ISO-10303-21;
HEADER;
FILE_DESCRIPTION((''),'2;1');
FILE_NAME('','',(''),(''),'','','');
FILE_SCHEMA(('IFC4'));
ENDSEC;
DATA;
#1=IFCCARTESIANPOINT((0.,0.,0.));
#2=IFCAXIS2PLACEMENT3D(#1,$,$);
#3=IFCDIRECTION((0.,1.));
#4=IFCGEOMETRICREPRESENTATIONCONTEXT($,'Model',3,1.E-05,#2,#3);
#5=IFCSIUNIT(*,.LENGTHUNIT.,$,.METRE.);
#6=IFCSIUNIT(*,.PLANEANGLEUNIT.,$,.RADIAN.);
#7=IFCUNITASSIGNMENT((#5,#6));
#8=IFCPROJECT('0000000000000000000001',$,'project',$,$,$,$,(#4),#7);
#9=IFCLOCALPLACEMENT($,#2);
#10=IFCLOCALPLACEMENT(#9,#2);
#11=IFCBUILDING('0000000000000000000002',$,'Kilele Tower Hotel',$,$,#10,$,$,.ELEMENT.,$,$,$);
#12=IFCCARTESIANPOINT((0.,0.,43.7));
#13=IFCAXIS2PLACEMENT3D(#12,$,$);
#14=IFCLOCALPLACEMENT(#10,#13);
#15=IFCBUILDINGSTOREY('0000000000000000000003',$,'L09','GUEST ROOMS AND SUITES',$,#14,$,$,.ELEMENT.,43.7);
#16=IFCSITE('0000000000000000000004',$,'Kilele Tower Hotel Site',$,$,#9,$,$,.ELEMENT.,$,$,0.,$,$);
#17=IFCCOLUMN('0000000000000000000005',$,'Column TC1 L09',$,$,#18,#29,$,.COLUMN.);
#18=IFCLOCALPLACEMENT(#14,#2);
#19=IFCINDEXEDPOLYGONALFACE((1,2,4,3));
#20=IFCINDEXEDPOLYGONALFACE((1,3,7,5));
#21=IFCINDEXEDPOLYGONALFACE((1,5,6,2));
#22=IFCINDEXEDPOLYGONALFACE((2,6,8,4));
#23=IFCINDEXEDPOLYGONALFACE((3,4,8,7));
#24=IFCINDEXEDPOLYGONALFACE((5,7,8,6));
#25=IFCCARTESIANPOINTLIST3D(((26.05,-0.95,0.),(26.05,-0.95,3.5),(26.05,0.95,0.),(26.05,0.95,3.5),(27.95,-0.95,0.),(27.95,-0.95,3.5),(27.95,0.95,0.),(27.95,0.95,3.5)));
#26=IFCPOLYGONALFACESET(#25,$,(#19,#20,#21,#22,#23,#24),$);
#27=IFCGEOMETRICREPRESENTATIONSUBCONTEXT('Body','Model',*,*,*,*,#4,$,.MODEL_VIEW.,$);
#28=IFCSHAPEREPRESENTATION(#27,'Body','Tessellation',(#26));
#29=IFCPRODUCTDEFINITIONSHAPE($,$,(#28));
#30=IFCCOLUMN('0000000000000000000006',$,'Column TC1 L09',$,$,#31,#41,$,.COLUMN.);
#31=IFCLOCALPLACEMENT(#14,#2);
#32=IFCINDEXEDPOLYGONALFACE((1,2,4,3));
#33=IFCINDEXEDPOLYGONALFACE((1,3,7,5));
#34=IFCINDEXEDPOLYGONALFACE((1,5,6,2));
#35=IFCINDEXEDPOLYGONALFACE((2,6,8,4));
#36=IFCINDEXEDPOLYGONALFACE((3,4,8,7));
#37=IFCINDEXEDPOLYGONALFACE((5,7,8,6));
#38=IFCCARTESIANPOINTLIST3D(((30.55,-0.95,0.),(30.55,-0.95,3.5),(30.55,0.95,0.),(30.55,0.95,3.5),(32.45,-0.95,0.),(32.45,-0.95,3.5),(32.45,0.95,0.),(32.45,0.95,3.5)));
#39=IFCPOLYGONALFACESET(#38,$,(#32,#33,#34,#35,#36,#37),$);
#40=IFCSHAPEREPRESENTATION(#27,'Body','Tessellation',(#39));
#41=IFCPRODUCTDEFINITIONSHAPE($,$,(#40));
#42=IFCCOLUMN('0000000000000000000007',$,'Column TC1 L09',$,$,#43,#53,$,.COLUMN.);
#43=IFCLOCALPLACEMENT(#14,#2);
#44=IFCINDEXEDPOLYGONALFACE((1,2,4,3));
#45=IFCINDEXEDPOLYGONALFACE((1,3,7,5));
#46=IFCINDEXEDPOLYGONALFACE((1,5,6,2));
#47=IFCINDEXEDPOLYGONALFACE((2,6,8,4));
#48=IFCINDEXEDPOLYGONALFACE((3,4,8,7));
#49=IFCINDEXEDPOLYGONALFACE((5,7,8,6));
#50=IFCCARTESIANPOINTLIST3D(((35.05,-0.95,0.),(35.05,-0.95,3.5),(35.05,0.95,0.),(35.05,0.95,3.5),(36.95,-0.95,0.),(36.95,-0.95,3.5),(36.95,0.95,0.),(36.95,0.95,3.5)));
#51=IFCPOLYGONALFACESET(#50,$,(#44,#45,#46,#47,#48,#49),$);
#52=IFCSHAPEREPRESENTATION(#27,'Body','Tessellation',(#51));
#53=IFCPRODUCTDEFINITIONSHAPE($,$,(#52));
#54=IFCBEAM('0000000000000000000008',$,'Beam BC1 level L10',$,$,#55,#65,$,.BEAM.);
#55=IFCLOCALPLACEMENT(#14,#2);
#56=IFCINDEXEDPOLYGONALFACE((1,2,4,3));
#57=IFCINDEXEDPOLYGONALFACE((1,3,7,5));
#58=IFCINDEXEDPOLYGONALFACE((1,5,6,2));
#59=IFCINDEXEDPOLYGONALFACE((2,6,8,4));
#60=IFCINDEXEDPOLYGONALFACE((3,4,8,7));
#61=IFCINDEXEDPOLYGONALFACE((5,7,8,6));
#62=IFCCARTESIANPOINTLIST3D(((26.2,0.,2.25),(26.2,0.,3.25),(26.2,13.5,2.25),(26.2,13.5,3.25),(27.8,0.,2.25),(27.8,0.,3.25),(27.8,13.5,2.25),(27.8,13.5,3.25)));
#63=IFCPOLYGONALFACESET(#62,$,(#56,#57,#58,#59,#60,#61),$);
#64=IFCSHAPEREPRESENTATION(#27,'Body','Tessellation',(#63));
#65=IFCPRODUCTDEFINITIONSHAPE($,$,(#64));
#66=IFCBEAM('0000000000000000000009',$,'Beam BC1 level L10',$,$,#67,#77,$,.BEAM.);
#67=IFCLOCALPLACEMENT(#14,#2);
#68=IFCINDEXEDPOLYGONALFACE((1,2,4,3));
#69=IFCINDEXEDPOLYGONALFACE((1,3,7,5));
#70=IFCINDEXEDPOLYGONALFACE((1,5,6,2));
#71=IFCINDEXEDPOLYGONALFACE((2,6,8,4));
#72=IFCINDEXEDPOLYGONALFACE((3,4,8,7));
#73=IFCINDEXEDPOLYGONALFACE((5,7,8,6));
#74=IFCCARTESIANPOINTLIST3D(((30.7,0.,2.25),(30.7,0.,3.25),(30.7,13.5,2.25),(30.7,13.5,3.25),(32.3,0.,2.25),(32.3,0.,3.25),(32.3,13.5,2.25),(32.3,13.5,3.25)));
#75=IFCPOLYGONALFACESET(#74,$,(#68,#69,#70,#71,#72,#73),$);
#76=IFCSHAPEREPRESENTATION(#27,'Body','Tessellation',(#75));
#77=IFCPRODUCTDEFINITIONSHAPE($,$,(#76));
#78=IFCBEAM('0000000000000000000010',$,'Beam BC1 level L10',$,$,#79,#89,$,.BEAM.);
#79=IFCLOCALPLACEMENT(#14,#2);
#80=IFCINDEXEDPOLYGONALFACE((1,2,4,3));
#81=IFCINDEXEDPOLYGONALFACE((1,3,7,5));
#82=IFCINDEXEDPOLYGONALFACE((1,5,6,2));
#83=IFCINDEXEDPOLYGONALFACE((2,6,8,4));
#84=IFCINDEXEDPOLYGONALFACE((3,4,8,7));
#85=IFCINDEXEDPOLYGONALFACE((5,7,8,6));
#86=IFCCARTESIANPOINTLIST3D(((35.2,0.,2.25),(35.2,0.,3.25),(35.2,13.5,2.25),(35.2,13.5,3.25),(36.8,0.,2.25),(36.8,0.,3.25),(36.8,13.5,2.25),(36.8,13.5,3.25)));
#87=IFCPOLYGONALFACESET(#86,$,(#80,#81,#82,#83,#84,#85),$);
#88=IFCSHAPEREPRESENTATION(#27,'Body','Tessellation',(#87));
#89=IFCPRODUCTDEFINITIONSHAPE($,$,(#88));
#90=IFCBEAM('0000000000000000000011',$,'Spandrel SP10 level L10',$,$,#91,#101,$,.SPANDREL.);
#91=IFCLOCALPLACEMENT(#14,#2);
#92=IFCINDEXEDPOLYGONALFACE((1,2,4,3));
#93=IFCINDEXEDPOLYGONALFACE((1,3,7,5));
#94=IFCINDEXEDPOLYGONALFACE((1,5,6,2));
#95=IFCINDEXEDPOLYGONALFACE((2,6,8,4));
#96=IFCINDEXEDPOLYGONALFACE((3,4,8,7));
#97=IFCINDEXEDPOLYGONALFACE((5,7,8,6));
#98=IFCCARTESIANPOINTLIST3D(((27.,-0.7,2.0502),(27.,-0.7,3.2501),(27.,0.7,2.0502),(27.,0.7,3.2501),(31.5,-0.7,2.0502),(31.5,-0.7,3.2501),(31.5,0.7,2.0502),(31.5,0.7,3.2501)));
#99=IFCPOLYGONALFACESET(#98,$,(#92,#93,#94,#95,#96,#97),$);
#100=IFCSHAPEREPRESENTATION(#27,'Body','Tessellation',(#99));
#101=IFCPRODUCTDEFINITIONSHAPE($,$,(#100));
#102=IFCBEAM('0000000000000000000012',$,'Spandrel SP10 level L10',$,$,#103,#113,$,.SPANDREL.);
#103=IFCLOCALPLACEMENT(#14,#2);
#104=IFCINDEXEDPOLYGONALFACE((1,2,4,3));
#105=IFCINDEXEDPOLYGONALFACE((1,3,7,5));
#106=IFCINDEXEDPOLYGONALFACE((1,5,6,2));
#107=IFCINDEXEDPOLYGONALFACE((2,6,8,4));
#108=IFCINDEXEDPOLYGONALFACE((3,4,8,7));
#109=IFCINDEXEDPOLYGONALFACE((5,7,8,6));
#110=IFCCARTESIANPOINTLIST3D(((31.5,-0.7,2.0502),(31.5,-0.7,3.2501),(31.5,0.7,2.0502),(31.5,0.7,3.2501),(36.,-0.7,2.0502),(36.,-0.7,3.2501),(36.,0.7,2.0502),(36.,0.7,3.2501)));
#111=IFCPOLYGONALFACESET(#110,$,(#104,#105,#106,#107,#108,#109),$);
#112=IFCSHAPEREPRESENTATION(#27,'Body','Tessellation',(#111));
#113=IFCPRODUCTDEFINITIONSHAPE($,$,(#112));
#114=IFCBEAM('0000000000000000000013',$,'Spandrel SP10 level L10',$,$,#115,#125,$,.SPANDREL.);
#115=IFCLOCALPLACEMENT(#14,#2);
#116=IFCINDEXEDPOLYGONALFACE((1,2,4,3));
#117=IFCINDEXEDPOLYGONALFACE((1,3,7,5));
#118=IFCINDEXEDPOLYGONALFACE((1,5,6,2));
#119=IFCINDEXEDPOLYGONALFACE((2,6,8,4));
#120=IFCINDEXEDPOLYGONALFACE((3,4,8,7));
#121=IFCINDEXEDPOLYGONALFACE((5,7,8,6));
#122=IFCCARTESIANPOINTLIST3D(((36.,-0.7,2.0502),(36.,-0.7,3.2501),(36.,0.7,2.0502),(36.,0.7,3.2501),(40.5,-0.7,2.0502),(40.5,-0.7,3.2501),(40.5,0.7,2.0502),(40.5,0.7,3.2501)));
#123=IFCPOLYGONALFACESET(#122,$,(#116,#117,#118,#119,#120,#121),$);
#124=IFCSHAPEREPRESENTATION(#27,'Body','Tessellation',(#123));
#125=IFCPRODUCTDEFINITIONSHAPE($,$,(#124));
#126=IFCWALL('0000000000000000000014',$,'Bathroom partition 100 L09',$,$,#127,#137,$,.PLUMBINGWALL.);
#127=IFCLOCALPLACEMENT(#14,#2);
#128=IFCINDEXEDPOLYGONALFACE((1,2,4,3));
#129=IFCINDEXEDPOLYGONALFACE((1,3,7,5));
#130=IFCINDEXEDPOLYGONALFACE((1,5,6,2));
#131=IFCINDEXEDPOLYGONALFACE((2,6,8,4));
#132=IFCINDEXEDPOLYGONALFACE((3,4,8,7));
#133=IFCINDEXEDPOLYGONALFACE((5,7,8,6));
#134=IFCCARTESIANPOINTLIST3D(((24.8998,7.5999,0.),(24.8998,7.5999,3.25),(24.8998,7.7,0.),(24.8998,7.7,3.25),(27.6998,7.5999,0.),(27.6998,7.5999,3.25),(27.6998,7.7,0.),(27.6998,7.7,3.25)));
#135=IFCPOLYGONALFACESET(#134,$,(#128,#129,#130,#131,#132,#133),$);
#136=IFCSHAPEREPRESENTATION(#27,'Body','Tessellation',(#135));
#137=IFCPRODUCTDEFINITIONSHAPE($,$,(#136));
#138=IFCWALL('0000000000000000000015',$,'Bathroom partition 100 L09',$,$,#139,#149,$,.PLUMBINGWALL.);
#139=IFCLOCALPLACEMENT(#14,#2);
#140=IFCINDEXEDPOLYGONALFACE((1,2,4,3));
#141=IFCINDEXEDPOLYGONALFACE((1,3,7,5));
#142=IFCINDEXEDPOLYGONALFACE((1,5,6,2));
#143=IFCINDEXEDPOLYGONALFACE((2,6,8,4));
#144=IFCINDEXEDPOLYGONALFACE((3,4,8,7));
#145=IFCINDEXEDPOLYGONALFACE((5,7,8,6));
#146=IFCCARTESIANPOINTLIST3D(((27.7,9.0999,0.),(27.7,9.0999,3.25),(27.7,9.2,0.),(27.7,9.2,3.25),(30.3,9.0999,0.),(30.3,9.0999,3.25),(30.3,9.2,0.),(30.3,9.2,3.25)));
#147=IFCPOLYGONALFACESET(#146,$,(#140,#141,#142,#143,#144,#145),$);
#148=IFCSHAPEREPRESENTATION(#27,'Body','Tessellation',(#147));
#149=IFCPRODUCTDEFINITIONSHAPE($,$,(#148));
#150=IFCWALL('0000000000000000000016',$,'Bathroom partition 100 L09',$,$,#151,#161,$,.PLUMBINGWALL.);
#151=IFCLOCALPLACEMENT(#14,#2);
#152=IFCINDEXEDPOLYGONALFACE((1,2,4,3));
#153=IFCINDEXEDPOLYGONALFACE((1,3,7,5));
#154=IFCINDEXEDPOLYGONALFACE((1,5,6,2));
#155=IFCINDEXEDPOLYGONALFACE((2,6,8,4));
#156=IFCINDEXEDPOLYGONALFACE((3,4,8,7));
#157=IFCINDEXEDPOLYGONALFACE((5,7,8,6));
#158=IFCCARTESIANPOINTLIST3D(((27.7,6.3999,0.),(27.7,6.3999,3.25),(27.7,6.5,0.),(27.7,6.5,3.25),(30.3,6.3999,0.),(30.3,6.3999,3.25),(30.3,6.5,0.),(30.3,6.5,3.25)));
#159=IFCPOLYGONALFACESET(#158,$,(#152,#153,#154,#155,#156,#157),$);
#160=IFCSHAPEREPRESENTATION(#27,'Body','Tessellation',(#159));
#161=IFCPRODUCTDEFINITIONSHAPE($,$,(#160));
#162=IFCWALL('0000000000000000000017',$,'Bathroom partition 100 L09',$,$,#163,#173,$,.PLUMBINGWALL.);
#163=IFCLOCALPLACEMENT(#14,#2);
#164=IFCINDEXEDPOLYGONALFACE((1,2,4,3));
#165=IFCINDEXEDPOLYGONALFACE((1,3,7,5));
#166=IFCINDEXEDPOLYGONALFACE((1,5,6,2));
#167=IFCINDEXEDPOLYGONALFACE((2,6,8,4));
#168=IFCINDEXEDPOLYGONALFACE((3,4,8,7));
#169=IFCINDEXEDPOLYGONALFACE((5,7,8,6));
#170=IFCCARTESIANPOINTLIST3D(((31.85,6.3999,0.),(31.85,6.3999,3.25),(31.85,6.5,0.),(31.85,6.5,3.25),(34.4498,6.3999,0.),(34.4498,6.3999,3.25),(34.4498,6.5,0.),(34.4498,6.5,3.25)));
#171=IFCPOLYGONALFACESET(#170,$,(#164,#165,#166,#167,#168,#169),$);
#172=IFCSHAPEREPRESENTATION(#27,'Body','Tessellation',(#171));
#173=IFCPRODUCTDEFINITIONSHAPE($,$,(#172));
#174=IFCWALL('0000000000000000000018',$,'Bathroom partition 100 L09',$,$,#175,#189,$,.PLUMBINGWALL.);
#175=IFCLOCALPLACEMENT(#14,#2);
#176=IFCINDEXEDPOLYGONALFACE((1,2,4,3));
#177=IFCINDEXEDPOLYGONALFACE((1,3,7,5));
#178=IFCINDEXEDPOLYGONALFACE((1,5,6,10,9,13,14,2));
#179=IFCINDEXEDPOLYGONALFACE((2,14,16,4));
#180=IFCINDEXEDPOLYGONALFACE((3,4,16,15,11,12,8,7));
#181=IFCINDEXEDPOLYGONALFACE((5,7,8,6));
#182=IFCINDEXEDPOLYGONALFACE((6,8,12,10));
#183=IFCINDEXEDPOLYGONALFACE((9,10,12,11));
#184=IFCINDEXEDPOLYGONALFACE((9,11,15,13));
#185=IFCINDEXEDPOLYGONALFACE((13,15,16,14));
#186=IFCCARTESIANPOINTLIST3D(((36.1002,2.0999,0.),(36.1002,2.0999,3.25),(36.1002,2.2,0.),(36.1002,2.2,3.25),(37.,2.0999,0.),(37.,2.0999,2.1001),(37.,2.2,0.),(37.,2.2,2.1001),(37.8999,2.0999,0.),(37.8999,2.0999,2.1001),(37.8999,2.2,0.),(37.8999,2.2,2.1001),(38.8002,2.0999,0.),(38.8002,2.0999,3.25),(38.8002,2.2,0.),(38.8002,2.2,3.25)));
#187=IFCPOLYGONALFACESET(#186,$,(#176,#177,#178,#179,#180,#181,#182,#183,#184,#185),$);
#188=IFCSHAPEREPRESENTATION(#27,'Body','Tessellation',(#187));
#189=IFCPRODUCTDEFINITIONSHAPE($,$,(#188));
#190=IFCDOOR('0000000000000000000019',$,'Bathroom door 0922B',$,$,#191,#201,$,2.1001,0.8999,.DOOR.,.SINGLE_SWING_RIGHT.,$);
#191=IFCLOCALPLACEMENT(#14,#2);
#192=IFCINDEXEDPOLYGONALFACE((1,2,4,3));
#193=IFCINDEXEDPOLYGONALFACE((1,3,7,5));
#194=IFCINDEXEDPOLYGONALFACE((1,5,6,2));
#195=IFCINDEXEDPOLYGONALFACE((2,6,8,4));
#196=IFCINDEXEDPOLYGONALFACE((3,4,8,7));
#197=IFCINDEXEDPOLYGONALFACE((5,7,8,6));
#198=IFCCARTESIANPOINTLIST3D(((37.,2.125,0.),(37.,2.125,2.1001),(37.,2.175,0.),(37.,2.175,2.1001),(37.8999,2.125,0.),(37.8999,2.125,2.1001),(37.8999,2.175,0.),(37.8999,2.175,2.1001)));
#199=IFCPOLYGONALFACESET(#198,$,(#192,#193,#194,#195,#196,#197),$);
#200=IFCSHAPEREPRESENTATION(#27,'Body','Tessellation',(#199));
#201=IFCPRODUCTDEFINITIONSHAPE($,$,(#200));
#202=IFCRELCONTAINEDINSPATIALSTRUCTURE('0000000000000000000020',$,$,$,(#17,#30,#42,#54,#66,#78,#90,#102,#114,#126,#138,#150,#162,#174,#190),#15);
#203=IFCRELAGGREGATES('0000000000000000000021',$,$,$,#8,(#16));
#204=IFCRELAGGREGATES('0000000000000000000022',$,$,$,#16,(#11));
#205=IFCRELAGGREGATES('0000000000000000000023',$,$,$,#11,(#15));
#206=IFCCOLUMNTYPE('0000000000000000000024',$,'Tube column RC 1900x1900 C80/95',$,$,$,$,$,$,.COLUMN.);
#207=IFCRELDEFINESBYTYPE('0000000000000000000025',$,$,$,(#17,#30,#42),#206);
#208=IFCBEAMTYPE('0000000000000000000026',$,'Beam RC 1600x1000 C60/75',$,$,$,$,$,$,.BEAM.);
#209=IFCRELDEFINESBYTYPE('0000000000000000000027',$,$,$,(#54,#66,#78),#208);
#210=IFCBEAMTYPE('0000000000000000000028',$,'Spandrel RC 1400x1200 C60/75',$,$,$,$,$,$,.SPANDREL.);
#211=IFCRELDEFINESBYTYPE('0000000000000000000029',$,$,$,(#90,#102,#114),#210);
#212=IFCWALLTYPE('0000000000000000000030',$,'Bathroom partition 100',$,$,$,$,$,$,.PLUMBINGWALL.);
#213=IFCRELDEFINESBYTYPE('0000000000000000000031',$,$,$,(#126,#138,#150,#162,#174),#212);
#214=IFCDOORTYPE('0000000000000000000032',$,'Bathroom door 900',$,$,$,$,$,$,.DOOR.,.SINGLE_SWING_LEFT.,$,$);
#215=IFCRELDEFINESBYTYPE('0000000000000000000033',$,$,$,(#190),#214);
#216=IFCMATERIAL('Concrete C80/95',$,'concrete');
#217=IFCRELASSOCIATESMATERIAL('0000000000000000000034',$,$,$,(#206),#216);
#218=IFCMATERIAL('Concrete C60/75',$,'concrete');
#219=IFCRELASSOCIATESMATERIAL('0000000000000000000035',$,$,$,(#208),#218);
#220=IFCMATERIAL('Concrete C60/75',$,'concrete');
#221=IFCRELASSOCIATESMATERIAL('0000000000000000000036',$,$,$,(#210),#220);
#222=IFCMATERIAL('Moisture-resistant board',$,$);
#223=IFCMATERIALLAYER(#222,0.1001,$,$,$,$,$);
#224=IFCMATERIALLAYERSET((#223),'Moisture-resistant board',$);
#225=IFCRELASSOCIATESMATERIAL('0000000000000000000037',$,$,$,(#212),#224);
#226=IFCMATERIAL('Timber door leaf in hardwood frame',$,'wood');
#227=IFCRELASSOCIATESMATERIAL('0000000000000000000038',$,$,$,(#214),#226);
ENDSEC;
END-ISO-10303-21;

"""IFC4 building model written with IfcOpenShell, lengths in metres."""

from ifc_helpers import new_model, si_unit, direction, frame, frame_2d, origin, origin_2d, place, context, subcontext, project, spatial, rectangle, extrude, material, layer, layer_set, material_profile, profile_set, type_object, element, fill, save


model = new_model("IFC4")

# Units and contexts
model_context = context("Model", 3, precision=1e-05, world=origin(), true_north=direction((0.0, 1.0)))
body_context = subcontext(model_context, "Body", "Model", "MODEL_VIEW")
ifc_project = project(units=[si_unit("LENGTHUNIT", "METRE"), si_unit("PLANEANGLEUNIT", "RADIAN")], contexts=[model_context])

# Site, building, storey
site_placement = place(None, origin())
site = spatial("IfcSite", under=ifc_project, at=site_placement, Name="Kilele Tower Hotel Site", CompositionType="ELEMENT", RefElevation=0.0)
building_placement = place(site_placement, origin())
building = spatial("IfcBuilding", under=site, at=building_placement, Name="Kilele Tower Hotel", CompositionType="ELEMENT")
storey_placement = place(building_placement, frame((0.0, 0.0, 43.7)))
storey = spatial("IfcBuildingStorey", under=building, at=storey_placement, Name="L09", Description="GUEST ROOMS AND SUITES", CompositionType="ELEMENT", Elevation=43.7)

# Columns
ifc_material_1 = material(Name="Concrete C80/95", Category="concrete")
ifc_material_profile_1 = material_profile(ifc_material_1, rectangle(XDim=1.8999, YDim=1.8999, at=origin_2d()))
ifc_profile_set_1 = profile_set([ifc_material_profile_1], Name="Concrete C80/95")
column_type = type_object("IfcColumnType", Name="Tube column RC 1900x1900 C80/95", PredefinedType="COLUMN", material=ifc_profile_set_1)
for number, where, z_axis, x_axis, name in (
    (1, (27.0, 0.0, 0.0), (0.0, 0.0, 1.0), (1.0, 0.0, 0.0), "Column TC1 L09"),
    (2, (31.5, 0.0, 0.0), (0.0, 0.0, 1.0), (1.0, 0.0, 0.0), "Column TC1 L09"),
    (3, (36.0, 0.0, 0.0), (0.0, 0.0, 1.0), (1.0, 0.0, 0.0), "Column TC1 L09"),
):
    element("IfcColumn", number, at=place(storey_placement, frame(where, z_axis=z_axis, x_axis=x_axis)), inside=storey, type_object=column_type, Name=name, PredefinedType="COLUMN", context=body_context, shape_type="SweptSolid", body=[
        extrude(rectangle(XDim=1.8999, YDim=1.8999, at=origin_2d()), origin(), (0.0, 0.0, 1.0), 3.5),
    ])

# Beams
ifc_material_2 = material(Name="Concrete C60/75", Category="concrete")
ifc_material_profile_2 = material_profile(ifc_material_2, rectangle(XDim=1.6001, YDim=1.0, at=origin_2d()))
ifc_profile_set_2 = profile_set([ifc_material_profile_2], Name="Concrete C60/75")
beam_type_1 = type_object("IfcBeamType", Name="Beam RC 1600x1000 C60/75", PredefinedType="BEAM", material=ifc_profile_set_2)
for number, where, z_axis, x_axis, name in (
    (4, (27.0, 0.0, 2.75), (0.0, 1.0, 0.0), (-1.0, 0.0, 0.0), "Beam BC1 level L10"),
    (5, (31.5, 0.0, 2.75), (0.0, 1.0, 0.0), (-1.0, 0.0, 0.0), "Beam BC1 level L10"),
    (6, (36.0, 0.0, 2.75), (0.0, 1.0, 0.0), (-1.0, 0.0, 0.0), "Beam BC1 level L10"),
):
    element("IfcBeam", number, at=place(storey_placement, frame(where, z_axis=z_axis, x_axis=x_axis)), inside=storey, type_object=beam_type_1, Name=name, PredefinedType="BEAM", context=body_context, shape_type="SweptSolid", body=[
        extrude(rectangle(XDim=1.6001, YDim=1.0, at=origin_2d()), origin(), (0.0, 0.0, 1.0), 13.5),
    ])
ifc_material_3 = material(Name="Concrete C60/75", Category="concrete")
ifc_material_profile_3 = material_profile(ifc_material_3, rectangle(XDim=1.3999, YDim=1.2, at=origin_2d()))
ifc_profile_set_3 = profile_set([ifc_material_profile_3], Name="Concrete C60/75")
beam_type_2 = type_object("IfcBeamType", Name="Spandrel RC 1400x1200 C60/75", PredefinedType="SPANDREL", material=ifc_profile_set_3)
for number, where, z_axis, x_axis, name in (
    (7, (27.0, 0.0, 2.6501), (1.0, 0.0, 0.0), (0.0, 1.0, 0.0), "Spandrel SP10 level L10"),
    (8, (31.5, 0.0, 2.6501), (1.0, 0.0, 0.0), (0.0, 1.0, 0.0), "Spandrel SP10 level L10"),
    (9, (36.0, 0.0, 2.6501), (1.0, 0.0, 0.0), (0.0, 1.0, 0.0), "Spandrel SP10 level L10"),
):
    element("IfcBeam", number, at=place(storey_placement, frame(where, z_axis=z_axis, x_axis=x_axis)), inside=storey, type_object=beam_type_2, Name=name, PredefinedType="SPANDREL", context=body_context, shape_type="SweptSolid", body=[
        extrude(rectangle(XDim=1.3999, YDim=1.2, at=origin_2d()), origin(), (0.0, 0.0, 1.0), 4.5),
    ])

# Walls
ifc_material_4 = material(Name="Moisture-resistant board")
ifc_layer_1 = layer(ifc_material_4, 0.1001)
ifc_layer_set_1 = layer_set([ifc_layer_1], Name="Moisture-resistant board")
wall_type_1 = type_object("IfcWallType", Name="Bathroom partition 100", PredefinedType="PLUMBINGWALL", material=ifc_layer_set_1)
wall_1_placement = place(storey_placement, frame((24.8999, 7.6499, 0.0), z_axis=(0.0, 0.0, 1.0), x_axis=(1.0, 0.0, 0.0)))
element("IfcWall", 10, at=wall_1_placement, inside=storey, type_object=wall_type_1, Name="Bathroom partition 100 L09", PredefinedType="PLUMBINGWALL", context=body_context, shape_type="SweptSolid", body=[
    extrude(rectangle(XDim=2.8, YDim=0.1001, at=frame_2d((1.3999, 0.0))), origin(), (0.0, 0.0, 1.0), 3.25),
])
for number, where, z_axis, x_axis, name in (
    (11, (27.7, 9.1499, 0.0), (0.0, 0.0, 1.0), (1.0, 0.0, 0.0), "Bathroom partition 100 L09"),
    (12, (27.7, 6.45, 0.0), (0.0, 0.0, 1.0), (1.0, 0.0, 0.0), "Bathroom partition 100 L09"),
):
    element("IfcWall", number, at=place(storey_placement, frame(where, z_axis=z_axis, x_axis=x_axis)), inside=storey, type_object=wall_type_1, Name=name, PredefinedType="PLUMBINGWALL", context=body_context, shape_type="SweptSolid", body=[
        extrude(rectangle(XDim=2.6001, YDim=0.1001, at=frame_2d((1.3, 0.0))), origin(), (0.0, 0.0, 1.0), 3.25),
    ])
wall_2_placement = place(storey_placement, frame((31.8501, 6.45, 0.0), z_axis=(0.0, 0.0, 1.0), x_axis=(1.0, 0.0, 0.0)))
element("IfcWall", 13, at=wall_2_placement, inside=storey, type_object=wall_type_1, Name="Bathroom partition 100 L09", PredefinedType="PLUMBINGWALL", context=body_context, shape_type="SweptSolid", body=[
    extrude(rectangle(XDim=2.5999, YDim=0.1001, at=frame_2d((1.2998, 0.0))), origin(), (0.0, 0.0, 1.0), 3.25),
])

# Wall, opening, door
wall_3_placement = place(storey_placement, frame((36.1001, 2.1499, 0.0), z_axis=(0.0, 0.0, 1.0), x_axis=(1.0, 0.0, 0.0)))
wall_3 = element("IfcWall", 14, at=wall_3_placement, inside=storey, type_object=wall_type_1, Name="Bathroom partition 100 L09", PredefinedType="PLUMBINGWALL", context=body_context, shape_type="SweptSolid", body=[
    extrude(rectangle(XDim=2.7, YDim=0.1001, at=frame_2d((1.3501, 0.0))), origin(), (0.0, 0.0, 1.0), 3.25),
])
opening_1_placement = place(wall_3_placement, frame((1.7998, 0.0, 0.0), z_axis=(0.0, 0.0, 1.0), x_axis=(-1.0, 0.0, 0.0)))
opening_1 = element("IfcOpeningElement", 15, at=opening_1_placement, cuts=wall_3, PredefinedType="OPENING", context=body_context, shape_type="SweptSolid", body=[
    extrude(rectangle(XDim=0.8999, YDim=2.1001, at=frame_2d((0.45, 1.05))), frame((0.0, 0.0601, 0.0), z_axis=(0.0, -1.0, 0.0), x_axis=(1.0, 0.0, 0.0)), (0.0, 0.0, 1.0), 0.1201),
])
ifc_material_5 = material(Name="Timber door leaf in hardwood frame", Category="wood")
door_type_1 = type_object("IfcDoorType", Name="Bathroom door 900", OperationType="SINGLE_SWING_LEFT", PredefinedType="DOOR", material=ifc_material_5)
door_1_placement = place(opening_1_placement, origin())
door_1 = element("IfcDoor", 16, at=door_1_placement, inside=storey, type_object=door_type_1, Name="Bathroom door 0922B", OperationType="SINGLE_SWING_RIGHT", OverallHeight=2.1001, OverallWidth=0.8999, PredefinedType="DOOR", context=body_context, shape_type="SweptSolid", body=[
    extrude(rectangle(XDim=0.8999, YDim=2.1001, at=frame_2d((0.45, 1.05))), frame((0.0, 0.0249, 0.0), z_axis=(0.0, -1.0, 0.0), x_axis=(1.0, 0.0, 0.0)), (0.0, 0.0, 1.0), 0.05),
])
fill(opening_1, door_1)

save(model, "model.ifc")
